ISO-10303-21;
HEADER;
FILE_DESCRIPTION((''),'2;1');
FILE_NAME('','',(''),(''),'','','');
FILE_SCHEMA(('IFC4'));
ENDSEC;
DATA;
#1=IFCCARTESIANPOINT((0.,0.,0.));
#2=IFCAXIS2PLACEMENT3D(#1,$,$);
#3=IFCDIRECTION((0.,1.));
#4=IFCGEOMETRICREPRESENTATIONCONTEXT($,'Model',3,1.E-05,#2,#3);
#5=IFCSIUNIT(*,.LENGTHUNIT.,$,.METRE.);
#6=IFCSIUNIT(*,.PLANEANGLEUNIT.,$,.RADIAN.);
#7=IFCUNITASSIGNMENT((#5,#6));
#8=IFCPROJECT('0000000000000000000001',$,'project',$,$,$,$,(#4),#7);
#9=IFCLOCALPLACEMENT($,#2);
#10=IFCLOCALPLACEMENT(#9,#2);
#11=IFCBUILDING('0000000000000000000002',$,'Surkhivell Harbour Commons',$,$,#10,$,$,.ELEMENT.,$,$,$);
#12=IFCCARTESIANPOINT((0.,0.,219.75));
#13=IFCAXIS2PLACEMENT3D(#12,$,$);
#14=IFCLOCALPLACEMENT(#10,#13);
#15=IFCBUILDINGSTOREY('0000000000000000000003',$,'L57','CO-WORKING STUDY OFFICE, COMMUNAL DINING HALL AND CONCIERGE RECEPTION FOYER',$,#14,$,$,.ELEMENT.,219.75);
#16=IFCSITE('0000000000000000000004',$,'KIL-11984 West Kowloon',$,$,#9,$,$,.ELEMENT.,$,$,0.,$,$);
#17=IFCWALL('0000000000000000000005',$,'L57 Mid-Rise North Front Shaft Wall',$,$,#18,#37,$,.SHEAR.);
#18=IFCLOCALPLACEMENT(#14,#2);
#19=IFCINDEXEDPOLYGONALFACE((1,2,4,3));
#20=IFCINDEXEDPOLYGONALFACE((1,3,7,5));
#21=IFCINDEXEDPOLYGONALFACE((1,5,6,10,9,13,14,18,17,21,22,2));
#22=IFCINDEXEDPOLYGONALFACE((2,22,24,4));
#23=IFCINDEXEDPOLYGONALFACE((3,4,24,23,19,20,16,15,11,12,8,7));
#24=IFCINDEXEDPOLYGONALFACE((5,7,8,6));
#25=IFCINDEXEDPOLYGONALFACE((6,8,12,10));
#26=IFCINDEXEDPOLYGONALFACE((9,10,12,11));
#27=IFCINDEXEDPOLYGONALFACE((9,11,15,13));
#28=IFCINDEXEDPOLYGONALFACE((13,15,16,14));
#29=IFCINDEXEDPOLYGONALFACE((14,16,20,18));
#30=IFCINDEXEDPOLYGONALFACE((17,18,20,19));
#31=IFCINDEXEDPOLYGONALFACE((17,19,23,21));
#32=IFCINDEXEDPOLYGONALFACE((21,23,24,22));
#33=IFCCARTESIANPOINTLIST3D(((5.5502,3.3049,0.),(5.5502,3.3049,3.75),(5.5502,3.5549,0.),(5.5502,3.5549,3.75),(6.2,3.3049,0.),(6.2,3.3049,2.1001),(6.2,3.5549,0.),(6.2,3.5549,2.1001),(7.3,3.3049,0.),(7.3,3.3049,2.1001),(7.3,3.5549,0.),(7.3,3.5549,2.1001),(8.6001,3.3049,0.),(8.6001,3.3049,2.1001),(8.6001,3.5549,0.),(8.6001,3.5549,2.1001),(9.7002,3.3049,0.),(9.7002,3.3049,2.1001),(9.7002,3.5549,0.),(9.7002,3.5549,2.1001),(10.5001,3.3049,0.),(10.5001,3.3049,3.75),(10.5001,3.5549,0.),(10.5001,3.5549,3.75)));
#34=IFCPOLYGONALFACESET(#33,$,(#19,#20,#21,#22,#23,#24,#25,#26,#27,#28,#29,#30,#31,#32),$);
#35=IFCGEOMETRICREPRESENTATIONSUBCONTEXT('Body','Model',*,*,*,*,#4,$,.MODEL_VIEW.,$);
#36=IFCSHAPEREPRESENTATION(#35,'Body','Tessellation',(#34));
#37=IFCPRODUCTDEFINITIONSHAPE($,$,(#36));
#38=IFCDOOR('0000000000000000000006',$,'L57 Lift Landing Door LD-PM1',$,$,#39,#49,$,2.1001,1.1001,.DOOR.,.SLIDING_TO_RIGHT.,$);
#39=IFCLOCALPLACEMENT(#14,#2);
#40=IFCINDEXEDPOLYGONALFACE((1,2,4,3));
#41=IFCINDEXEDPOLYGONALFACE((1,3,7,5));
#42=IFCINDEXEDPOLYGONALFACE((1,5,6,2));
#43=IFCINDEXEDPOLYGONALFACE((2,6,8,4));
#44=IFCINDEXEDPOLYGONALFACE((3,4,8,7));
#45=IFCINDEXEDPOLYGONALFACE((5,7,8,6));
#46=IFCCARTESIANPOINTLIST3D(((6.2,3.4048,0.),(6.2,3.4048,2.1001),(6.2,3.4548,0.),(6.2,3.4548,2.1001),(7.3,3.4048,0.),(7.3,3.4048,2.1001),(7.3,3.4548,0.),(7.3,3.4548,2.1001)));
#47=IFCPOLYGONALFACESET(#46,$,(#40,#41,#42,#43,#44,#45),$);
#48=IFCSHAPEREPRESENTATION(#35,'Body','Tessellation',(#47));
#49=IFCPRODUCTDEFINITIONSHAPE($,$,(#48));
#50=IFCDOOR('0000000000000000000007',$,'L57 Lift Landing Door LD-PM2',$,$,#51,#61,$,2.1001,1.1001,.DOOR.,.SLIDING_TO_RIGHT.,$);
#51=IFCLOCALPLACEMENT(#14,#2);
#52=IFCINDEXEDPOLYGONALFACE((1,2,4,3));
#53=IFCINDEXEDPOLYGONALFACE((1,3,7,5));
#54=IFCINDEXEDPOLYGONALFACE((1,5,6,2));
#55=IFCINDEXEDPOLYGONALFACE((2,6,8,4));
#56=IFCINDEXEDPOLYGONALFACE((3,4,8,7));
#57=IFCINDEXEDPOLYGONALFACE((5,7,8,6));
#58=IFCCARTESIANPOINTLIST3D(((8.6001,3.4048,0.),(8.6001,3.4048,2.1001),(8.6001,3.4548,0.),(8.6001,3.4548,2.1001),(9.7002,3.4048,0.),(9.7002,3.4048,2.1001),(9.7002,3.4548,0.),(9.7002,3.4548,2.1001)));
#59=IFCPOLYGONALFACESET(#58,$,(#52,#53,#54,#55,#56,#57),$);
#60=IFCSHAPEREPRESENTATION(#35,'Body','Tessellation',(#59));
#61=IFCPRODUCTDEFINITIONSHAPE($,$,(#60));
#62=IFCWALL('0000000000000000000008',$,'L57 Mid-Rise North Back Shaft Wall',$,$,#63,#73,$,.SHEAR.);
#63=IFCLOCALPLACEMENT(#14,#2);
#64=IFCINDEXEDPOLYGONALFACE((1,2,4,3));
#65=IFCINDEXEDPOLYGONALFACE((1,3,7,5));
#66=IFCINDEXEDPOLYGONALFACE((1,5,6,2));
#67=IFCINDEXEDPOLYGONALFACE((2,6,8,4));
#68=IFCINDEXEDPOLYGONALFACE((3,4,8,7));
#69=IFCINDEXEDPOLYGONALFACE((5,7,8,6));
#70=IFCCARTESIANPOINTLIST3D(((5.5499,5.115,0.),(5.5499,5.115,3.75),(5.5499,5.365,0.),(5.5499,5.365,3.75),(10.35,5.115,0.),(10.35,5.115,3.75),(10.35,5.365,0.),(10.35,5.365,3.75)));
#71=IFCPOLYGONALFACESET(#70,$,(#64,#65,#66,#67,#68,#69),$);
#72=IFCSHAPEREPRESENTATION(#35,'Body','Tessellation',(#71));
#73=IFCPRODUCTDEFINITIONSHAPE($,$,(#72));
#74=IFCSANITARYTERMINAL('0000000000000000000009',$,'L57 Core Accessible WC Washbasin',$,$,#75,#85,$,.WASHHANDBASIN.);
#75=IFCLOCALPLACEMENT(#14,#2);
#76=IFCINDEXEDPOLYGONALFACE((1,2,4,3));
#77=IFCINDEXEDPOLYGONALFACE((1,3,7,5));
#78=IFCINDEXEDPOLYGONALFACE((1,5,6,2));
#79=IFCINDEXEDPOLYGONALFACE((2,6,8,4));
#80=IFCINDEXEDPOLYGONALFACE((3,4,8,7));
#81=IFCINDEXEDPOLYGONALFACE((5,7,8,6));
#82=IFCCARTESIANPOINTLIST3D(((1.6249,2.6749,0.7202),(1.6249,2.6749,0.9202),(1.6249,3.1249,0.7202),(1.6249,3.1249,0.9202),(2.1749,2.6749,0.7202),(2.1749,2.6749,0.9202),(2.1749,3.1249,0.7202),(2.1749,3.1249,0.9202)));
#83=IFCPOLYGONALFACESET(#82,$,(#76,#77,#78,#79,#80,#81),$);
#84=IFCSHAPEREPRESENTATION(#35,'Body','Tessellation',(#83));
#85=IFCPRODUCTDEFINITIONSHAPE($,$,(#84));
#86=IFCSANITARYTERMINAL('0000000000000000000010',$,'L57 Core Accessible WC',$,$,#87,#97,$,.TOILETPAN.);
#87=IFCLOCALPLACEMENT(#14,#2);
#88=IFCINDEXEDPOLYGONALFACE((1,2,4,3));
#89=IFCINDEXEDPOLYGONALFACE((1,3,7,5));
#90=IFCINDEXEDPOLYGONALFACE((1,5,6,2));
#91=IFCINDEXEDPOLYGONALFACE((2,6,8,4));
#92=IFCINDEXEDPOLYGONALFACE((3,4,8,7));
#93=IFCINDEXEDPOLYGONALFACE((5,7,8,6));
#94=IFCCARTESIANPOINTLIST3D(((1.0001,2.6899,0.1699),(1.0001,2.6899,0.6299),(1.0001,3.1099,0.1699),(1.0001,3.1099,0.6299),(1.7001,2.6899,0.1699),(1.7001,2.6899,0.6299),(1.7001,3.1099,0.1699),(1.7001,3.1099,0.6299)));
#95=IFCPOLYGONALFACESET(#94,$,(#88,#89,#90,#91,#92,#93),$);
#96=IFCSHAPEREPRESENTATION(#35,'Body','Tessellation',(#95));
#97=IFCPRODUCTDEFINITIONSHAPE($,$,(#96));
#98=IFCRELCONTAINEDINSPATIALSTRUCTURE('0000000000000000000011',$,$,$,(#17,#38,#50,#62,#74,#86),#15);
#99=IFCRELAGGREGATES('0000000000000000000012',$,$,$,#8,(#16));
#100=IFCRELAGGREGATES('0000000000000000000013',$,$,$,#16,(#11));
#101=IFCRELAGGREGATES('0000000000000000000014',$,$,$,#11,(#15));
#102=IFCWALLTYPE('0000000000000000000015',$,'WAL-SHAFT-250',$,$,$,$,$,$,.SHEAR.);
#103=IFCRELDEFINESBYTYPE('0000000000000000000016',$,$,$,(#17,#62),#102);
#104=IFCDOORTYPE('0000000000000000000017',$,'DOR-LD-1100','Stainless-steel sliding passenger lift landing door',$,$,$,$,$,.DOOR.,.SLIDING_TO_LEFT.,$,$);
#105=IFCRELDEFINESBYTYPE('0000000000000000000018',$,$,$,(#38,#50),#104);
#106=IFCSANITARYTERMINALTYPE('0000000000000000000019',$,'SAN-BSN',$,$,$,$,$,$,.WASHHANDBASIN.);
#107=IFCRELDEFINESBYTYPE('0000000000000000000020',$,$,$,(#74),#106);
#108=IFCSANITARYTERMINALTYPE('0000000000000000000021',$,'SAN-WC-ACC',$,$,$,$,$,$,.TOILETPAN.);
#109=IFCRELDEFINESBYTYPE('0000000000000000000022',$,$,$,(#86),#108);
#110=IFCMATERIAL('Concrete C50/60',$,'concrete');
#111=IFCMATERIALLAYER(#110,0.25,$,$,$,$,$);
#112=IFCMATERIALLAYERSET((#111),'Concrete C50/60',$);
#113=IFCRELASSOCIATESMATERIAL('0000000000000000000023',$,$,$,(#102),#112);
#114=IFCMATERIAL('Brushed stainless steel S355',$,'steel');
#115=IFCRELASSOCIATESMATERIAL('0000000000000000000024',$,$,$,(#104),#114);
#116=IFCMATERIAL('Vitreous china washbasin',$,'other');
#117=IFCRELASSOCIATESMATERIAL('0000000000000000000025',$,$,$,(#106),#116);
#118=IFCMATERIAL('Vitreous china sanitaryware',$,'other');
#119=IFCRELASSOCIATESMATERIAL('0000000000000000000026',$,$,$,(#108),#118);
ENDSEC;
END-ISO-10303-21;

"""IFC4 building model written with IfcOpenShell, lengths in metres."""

from ifc_helpers import new_model, si_unit, direction, frame, frame_2d, origin, origin_2d, place, context, subcontext, project, spatial, rectangle, extrude, material, layer, layer_set, type_object, element, fill, save


model = new_model("IFC4")

# Units and contexts
model_context = context("Model", 3, precision=1e-05, world=origin(), true_north=direction((0.0, 1.0)))
body_context = subcontext(model_context, "Body", "Model", "MODEL_VIEW")
ifc_project = project(units=[si_unit("LENGTHUNIT", "METRE"), si_unit("PLANEANGLEUNIT", "RADIAN")], contexts=[model_context])

# Site, building, storey
site_placement = place(None, origin())
site = spatial("IfcSite", under=ifc_project, at=site_placement, Name="KIL-11984 West Kowloon", CompositionType="ELEMENT", RefElevation=0.0)
building_placement = place(site_placement, origin())
building = spatial("IfcBuilding", under=site, at=building_placement, Name="Surkhivell Harbour Commons", CompositionType="ELEMENT")
storey_placement = place(building_placement, frame((0.0, 0.0, 219.75)))
storey = spatial("IfcBuildingStorey", under=building, at=storey_placement, Name="L57", Description="CO-WORKING STUDY OFFICE, COMMUNAL DINING HALL AND CONCIERGE RECEPTION FOYER", CompositionType="ELEMENT", Elevation=219.75)

# Shared definitions
ifc_material_1 = material(Name="Concrete C50/60", Category="concrete")
ifc_layer_1 = layer(ifc_material_1, 0.25)
ifc_layer_set_1 = layer_set([ifc_layer_1], Name="Concrete C50/60")
wall_type_1 = type_object("IfcWallType", Name="WAL-SHAFT-250", PredefinedType="SHEAR", material=ifc_layer_set_1)

# Wall, openings, doors
wall_1_placement = place(storey_placement, frame((5.55, 3.4299, 0.0), z_axis=(0.0, 0.0, 1.0), x_axis=(1.0, 0.0, 0.0)))
wall_1 = element("IfcWall", 1, at=wall_1_placement, inside=storey, type_object=wall_type_1, Name="L57 Mid-Rise North Front Shaft Wall", PredefinedType="SHEAR", context=body_context, shape_type="SweptSolid", body=[
    extrude(rectangle(XDim=4.95, YDim=0.25, at=frame_2d((2.4751, 0.0))), origin(), (0.0, 0.0, 1.0), 3.75),
])
opening_1_placement = place(wall_1_placement, frame((0.6499, 0.0, 0.0)))
opening_1 = element("IfcOpeningElement", 2, at=opening_1_placement, cuts=wall_1, PredefinedType="OPENING", context=body_context, shape_type="SweptSolid", body=[
    extrude(rectangle(XDim=1.1001, YDim=2.1001, at=frame_2d((0.55, 1.05))), frame((0.0, 0.135, 0.0), z_axis=(0.0, -1.0, 0.0), x_axis=(1.0, 0.0, 0.0)), (0.0, 0.0, 1.0), 0.27),
])
opening_2_placement = place(wall_1_placement, frame((3.05, 0.0, 0.0)))
opening_2 = element("IfcOpeningElement", 3, at=opening_2_placement, cuts=wall_1, PredefinedType="OPENING", context=body_context, shape_type="SweptSolid", body=[
    extrude(rectangle(XDim=1.1001, YDim=2.1001, at=frame_2d((0.55, 1.05))), frame((0.0, 0.135, 0.0), z_axis=(0.0, -1.0, 0.0), x_axis=(1.0, 0.0, 0.0)), (0.0, 0.0, 1.0), 0.27),
])
ifc_material_2 = material(Name="Brushed stainless steel S355", Category="steel")
door_type_1 = type_object("IfcDoorType", Name="DOR-LD-1100", Description="Stainless-steel sliding passenger lift landing door", OperationType="SLIDING_TO_LEFT", PredefinedType="DOOR", material=ifc_material_2)
door_1_placement = place(opening_1_placement, origin())
door_1 = element("IfcDoor", 4, at=door_1_placement, inside=storey, type_object=door_type_1, Name="L57 Lift Landing Door LD-PM1", OperationType="SLIDING_TO_RIGHT", OverallHeight=2.1001, OverallWidth=1.1001, PredefinedType="DOOR", context=body_context, shape_type="SweptSolid", body=[
    extrude(rectangle(XDim=1.1001, YDim=2.1001, at=frame_2d((0.55, 1.05))), frame((0.0, 0.0249, 0.0), z_axis=(0.0, -1.0, 0.0), x_axis=(1.0, 0.0, 0.0)), (0.0, 0.0, 1.0), 0.05),
])
fill(opening_1, door_1)
door_2_placement = place(opening_2_placement, origin())
door_2 = element("IfcDoor", 5, at=door_2_placement, inside=storey, type_object=door_type_1, Name="L57 Lift Landing Door LD-PM2", OperationType="SLIDING_TO_RIGHT", OverallHeight=2.1001, OverallWidth=1.1001, PredefinedType="DOOR", context=body_context, shape_type="SweptSolid", body=[
    extrude(rectangle(XDim=1.1001, YDim=2.1001, at=frame_2d((0.55, 1.05))), frame((0.0, 0.0249, 0.0), z_axis=(0.0, -1.0, 0.0), x_axis=(1.0, 0.0, 0.0)), (0.0, 0.0, 1.0), 0.05),
])
fill(opening_2, door_2)

# Wall
wall_2_placement = place(storey_placement, frame((5.55, 5.24, 0.0), z_axis=(0.0, 0.0, 1.0), x_axis=(1.0, 0.0, 0.0)))
element("IfcWall", 6, at=wall_2_placement, inside=storey, type_object=wall_type_1, Name="L57 Mid-Rise North Back Shaft Wall", PredefinedType="SHEAR", context=body_context, shape_type="SweptSolid", body=[
    extrude(rectangle(XDim=4.8, YDim=0.25, at=frame_2d((2.3999, 0.0))), origin(), (0.0, 0.0, 1.0), 3.75),
])

# Sanitary terminals
ifc_material_3 = material(Name="Vitreous china washbasin", Category="other")
sanitary_terminal_type_1 = type_object("IfcSanitaryTerminalType", Name="SAN-BSN", PredefinedType="WASHHANDBASIN", material=ifc_material_3)
sanitary_terminal_1_placement = place(storey_placement, frame((1.8999, 2.8999, 0.7202), z_axis=(0.0, 0.0, 1.0), x_axis=(1.0, 0.0, 0.0)))
element("IfcSanitaryTerminal", 7, at=sanitary_terminal_1_placement, inside=storey, type_object=sanitary_terminal_type_1, Name="L57 Core Accessible WC Washbasin", PredefinedType="WASHHANDBASIN", context=body_context, shape_type="SweptSolid", body=[
    extrude(rectangle(XDim=0.55, YDim=0.45, at=origin_2d()), origin(), (0.0, 0.0, 1.0), 0.2),
])
ifc_material_4 = material(Name="Vitreous china sanitaryware", Category="other")
sanitary_terminal_type_2 = type_object("IfcSanitaryTerminalType", Name="SAN-WC-ACC", PredefinedType="TOILETPAN", material=ifc_material_4)
sanitary_terminal_2_placement = place(storey_placement, frame((1.3501, 2.8999, 0.1699), z_axis=(0.0, 0.0, 1.0), x_axis=(1.0, 0.0, 0.0)))
element("IfcSanitaryTerminal", 8, at=sanitary_terminal_2_placement, inside=storey, type_object=sanitary_terminal_type_2, Name="L57 Core Accessible WC", PredefinedType="TOILETPAN", context=body_context, shape_type="SweptSolid", body=[
    extrude(rectangle(XDim=0.7, YDim=0.4199, at=origin_2d()), origin(), (0.0, 0.0, 1.0), 0.46),
])

save(model, "model.ifc")
